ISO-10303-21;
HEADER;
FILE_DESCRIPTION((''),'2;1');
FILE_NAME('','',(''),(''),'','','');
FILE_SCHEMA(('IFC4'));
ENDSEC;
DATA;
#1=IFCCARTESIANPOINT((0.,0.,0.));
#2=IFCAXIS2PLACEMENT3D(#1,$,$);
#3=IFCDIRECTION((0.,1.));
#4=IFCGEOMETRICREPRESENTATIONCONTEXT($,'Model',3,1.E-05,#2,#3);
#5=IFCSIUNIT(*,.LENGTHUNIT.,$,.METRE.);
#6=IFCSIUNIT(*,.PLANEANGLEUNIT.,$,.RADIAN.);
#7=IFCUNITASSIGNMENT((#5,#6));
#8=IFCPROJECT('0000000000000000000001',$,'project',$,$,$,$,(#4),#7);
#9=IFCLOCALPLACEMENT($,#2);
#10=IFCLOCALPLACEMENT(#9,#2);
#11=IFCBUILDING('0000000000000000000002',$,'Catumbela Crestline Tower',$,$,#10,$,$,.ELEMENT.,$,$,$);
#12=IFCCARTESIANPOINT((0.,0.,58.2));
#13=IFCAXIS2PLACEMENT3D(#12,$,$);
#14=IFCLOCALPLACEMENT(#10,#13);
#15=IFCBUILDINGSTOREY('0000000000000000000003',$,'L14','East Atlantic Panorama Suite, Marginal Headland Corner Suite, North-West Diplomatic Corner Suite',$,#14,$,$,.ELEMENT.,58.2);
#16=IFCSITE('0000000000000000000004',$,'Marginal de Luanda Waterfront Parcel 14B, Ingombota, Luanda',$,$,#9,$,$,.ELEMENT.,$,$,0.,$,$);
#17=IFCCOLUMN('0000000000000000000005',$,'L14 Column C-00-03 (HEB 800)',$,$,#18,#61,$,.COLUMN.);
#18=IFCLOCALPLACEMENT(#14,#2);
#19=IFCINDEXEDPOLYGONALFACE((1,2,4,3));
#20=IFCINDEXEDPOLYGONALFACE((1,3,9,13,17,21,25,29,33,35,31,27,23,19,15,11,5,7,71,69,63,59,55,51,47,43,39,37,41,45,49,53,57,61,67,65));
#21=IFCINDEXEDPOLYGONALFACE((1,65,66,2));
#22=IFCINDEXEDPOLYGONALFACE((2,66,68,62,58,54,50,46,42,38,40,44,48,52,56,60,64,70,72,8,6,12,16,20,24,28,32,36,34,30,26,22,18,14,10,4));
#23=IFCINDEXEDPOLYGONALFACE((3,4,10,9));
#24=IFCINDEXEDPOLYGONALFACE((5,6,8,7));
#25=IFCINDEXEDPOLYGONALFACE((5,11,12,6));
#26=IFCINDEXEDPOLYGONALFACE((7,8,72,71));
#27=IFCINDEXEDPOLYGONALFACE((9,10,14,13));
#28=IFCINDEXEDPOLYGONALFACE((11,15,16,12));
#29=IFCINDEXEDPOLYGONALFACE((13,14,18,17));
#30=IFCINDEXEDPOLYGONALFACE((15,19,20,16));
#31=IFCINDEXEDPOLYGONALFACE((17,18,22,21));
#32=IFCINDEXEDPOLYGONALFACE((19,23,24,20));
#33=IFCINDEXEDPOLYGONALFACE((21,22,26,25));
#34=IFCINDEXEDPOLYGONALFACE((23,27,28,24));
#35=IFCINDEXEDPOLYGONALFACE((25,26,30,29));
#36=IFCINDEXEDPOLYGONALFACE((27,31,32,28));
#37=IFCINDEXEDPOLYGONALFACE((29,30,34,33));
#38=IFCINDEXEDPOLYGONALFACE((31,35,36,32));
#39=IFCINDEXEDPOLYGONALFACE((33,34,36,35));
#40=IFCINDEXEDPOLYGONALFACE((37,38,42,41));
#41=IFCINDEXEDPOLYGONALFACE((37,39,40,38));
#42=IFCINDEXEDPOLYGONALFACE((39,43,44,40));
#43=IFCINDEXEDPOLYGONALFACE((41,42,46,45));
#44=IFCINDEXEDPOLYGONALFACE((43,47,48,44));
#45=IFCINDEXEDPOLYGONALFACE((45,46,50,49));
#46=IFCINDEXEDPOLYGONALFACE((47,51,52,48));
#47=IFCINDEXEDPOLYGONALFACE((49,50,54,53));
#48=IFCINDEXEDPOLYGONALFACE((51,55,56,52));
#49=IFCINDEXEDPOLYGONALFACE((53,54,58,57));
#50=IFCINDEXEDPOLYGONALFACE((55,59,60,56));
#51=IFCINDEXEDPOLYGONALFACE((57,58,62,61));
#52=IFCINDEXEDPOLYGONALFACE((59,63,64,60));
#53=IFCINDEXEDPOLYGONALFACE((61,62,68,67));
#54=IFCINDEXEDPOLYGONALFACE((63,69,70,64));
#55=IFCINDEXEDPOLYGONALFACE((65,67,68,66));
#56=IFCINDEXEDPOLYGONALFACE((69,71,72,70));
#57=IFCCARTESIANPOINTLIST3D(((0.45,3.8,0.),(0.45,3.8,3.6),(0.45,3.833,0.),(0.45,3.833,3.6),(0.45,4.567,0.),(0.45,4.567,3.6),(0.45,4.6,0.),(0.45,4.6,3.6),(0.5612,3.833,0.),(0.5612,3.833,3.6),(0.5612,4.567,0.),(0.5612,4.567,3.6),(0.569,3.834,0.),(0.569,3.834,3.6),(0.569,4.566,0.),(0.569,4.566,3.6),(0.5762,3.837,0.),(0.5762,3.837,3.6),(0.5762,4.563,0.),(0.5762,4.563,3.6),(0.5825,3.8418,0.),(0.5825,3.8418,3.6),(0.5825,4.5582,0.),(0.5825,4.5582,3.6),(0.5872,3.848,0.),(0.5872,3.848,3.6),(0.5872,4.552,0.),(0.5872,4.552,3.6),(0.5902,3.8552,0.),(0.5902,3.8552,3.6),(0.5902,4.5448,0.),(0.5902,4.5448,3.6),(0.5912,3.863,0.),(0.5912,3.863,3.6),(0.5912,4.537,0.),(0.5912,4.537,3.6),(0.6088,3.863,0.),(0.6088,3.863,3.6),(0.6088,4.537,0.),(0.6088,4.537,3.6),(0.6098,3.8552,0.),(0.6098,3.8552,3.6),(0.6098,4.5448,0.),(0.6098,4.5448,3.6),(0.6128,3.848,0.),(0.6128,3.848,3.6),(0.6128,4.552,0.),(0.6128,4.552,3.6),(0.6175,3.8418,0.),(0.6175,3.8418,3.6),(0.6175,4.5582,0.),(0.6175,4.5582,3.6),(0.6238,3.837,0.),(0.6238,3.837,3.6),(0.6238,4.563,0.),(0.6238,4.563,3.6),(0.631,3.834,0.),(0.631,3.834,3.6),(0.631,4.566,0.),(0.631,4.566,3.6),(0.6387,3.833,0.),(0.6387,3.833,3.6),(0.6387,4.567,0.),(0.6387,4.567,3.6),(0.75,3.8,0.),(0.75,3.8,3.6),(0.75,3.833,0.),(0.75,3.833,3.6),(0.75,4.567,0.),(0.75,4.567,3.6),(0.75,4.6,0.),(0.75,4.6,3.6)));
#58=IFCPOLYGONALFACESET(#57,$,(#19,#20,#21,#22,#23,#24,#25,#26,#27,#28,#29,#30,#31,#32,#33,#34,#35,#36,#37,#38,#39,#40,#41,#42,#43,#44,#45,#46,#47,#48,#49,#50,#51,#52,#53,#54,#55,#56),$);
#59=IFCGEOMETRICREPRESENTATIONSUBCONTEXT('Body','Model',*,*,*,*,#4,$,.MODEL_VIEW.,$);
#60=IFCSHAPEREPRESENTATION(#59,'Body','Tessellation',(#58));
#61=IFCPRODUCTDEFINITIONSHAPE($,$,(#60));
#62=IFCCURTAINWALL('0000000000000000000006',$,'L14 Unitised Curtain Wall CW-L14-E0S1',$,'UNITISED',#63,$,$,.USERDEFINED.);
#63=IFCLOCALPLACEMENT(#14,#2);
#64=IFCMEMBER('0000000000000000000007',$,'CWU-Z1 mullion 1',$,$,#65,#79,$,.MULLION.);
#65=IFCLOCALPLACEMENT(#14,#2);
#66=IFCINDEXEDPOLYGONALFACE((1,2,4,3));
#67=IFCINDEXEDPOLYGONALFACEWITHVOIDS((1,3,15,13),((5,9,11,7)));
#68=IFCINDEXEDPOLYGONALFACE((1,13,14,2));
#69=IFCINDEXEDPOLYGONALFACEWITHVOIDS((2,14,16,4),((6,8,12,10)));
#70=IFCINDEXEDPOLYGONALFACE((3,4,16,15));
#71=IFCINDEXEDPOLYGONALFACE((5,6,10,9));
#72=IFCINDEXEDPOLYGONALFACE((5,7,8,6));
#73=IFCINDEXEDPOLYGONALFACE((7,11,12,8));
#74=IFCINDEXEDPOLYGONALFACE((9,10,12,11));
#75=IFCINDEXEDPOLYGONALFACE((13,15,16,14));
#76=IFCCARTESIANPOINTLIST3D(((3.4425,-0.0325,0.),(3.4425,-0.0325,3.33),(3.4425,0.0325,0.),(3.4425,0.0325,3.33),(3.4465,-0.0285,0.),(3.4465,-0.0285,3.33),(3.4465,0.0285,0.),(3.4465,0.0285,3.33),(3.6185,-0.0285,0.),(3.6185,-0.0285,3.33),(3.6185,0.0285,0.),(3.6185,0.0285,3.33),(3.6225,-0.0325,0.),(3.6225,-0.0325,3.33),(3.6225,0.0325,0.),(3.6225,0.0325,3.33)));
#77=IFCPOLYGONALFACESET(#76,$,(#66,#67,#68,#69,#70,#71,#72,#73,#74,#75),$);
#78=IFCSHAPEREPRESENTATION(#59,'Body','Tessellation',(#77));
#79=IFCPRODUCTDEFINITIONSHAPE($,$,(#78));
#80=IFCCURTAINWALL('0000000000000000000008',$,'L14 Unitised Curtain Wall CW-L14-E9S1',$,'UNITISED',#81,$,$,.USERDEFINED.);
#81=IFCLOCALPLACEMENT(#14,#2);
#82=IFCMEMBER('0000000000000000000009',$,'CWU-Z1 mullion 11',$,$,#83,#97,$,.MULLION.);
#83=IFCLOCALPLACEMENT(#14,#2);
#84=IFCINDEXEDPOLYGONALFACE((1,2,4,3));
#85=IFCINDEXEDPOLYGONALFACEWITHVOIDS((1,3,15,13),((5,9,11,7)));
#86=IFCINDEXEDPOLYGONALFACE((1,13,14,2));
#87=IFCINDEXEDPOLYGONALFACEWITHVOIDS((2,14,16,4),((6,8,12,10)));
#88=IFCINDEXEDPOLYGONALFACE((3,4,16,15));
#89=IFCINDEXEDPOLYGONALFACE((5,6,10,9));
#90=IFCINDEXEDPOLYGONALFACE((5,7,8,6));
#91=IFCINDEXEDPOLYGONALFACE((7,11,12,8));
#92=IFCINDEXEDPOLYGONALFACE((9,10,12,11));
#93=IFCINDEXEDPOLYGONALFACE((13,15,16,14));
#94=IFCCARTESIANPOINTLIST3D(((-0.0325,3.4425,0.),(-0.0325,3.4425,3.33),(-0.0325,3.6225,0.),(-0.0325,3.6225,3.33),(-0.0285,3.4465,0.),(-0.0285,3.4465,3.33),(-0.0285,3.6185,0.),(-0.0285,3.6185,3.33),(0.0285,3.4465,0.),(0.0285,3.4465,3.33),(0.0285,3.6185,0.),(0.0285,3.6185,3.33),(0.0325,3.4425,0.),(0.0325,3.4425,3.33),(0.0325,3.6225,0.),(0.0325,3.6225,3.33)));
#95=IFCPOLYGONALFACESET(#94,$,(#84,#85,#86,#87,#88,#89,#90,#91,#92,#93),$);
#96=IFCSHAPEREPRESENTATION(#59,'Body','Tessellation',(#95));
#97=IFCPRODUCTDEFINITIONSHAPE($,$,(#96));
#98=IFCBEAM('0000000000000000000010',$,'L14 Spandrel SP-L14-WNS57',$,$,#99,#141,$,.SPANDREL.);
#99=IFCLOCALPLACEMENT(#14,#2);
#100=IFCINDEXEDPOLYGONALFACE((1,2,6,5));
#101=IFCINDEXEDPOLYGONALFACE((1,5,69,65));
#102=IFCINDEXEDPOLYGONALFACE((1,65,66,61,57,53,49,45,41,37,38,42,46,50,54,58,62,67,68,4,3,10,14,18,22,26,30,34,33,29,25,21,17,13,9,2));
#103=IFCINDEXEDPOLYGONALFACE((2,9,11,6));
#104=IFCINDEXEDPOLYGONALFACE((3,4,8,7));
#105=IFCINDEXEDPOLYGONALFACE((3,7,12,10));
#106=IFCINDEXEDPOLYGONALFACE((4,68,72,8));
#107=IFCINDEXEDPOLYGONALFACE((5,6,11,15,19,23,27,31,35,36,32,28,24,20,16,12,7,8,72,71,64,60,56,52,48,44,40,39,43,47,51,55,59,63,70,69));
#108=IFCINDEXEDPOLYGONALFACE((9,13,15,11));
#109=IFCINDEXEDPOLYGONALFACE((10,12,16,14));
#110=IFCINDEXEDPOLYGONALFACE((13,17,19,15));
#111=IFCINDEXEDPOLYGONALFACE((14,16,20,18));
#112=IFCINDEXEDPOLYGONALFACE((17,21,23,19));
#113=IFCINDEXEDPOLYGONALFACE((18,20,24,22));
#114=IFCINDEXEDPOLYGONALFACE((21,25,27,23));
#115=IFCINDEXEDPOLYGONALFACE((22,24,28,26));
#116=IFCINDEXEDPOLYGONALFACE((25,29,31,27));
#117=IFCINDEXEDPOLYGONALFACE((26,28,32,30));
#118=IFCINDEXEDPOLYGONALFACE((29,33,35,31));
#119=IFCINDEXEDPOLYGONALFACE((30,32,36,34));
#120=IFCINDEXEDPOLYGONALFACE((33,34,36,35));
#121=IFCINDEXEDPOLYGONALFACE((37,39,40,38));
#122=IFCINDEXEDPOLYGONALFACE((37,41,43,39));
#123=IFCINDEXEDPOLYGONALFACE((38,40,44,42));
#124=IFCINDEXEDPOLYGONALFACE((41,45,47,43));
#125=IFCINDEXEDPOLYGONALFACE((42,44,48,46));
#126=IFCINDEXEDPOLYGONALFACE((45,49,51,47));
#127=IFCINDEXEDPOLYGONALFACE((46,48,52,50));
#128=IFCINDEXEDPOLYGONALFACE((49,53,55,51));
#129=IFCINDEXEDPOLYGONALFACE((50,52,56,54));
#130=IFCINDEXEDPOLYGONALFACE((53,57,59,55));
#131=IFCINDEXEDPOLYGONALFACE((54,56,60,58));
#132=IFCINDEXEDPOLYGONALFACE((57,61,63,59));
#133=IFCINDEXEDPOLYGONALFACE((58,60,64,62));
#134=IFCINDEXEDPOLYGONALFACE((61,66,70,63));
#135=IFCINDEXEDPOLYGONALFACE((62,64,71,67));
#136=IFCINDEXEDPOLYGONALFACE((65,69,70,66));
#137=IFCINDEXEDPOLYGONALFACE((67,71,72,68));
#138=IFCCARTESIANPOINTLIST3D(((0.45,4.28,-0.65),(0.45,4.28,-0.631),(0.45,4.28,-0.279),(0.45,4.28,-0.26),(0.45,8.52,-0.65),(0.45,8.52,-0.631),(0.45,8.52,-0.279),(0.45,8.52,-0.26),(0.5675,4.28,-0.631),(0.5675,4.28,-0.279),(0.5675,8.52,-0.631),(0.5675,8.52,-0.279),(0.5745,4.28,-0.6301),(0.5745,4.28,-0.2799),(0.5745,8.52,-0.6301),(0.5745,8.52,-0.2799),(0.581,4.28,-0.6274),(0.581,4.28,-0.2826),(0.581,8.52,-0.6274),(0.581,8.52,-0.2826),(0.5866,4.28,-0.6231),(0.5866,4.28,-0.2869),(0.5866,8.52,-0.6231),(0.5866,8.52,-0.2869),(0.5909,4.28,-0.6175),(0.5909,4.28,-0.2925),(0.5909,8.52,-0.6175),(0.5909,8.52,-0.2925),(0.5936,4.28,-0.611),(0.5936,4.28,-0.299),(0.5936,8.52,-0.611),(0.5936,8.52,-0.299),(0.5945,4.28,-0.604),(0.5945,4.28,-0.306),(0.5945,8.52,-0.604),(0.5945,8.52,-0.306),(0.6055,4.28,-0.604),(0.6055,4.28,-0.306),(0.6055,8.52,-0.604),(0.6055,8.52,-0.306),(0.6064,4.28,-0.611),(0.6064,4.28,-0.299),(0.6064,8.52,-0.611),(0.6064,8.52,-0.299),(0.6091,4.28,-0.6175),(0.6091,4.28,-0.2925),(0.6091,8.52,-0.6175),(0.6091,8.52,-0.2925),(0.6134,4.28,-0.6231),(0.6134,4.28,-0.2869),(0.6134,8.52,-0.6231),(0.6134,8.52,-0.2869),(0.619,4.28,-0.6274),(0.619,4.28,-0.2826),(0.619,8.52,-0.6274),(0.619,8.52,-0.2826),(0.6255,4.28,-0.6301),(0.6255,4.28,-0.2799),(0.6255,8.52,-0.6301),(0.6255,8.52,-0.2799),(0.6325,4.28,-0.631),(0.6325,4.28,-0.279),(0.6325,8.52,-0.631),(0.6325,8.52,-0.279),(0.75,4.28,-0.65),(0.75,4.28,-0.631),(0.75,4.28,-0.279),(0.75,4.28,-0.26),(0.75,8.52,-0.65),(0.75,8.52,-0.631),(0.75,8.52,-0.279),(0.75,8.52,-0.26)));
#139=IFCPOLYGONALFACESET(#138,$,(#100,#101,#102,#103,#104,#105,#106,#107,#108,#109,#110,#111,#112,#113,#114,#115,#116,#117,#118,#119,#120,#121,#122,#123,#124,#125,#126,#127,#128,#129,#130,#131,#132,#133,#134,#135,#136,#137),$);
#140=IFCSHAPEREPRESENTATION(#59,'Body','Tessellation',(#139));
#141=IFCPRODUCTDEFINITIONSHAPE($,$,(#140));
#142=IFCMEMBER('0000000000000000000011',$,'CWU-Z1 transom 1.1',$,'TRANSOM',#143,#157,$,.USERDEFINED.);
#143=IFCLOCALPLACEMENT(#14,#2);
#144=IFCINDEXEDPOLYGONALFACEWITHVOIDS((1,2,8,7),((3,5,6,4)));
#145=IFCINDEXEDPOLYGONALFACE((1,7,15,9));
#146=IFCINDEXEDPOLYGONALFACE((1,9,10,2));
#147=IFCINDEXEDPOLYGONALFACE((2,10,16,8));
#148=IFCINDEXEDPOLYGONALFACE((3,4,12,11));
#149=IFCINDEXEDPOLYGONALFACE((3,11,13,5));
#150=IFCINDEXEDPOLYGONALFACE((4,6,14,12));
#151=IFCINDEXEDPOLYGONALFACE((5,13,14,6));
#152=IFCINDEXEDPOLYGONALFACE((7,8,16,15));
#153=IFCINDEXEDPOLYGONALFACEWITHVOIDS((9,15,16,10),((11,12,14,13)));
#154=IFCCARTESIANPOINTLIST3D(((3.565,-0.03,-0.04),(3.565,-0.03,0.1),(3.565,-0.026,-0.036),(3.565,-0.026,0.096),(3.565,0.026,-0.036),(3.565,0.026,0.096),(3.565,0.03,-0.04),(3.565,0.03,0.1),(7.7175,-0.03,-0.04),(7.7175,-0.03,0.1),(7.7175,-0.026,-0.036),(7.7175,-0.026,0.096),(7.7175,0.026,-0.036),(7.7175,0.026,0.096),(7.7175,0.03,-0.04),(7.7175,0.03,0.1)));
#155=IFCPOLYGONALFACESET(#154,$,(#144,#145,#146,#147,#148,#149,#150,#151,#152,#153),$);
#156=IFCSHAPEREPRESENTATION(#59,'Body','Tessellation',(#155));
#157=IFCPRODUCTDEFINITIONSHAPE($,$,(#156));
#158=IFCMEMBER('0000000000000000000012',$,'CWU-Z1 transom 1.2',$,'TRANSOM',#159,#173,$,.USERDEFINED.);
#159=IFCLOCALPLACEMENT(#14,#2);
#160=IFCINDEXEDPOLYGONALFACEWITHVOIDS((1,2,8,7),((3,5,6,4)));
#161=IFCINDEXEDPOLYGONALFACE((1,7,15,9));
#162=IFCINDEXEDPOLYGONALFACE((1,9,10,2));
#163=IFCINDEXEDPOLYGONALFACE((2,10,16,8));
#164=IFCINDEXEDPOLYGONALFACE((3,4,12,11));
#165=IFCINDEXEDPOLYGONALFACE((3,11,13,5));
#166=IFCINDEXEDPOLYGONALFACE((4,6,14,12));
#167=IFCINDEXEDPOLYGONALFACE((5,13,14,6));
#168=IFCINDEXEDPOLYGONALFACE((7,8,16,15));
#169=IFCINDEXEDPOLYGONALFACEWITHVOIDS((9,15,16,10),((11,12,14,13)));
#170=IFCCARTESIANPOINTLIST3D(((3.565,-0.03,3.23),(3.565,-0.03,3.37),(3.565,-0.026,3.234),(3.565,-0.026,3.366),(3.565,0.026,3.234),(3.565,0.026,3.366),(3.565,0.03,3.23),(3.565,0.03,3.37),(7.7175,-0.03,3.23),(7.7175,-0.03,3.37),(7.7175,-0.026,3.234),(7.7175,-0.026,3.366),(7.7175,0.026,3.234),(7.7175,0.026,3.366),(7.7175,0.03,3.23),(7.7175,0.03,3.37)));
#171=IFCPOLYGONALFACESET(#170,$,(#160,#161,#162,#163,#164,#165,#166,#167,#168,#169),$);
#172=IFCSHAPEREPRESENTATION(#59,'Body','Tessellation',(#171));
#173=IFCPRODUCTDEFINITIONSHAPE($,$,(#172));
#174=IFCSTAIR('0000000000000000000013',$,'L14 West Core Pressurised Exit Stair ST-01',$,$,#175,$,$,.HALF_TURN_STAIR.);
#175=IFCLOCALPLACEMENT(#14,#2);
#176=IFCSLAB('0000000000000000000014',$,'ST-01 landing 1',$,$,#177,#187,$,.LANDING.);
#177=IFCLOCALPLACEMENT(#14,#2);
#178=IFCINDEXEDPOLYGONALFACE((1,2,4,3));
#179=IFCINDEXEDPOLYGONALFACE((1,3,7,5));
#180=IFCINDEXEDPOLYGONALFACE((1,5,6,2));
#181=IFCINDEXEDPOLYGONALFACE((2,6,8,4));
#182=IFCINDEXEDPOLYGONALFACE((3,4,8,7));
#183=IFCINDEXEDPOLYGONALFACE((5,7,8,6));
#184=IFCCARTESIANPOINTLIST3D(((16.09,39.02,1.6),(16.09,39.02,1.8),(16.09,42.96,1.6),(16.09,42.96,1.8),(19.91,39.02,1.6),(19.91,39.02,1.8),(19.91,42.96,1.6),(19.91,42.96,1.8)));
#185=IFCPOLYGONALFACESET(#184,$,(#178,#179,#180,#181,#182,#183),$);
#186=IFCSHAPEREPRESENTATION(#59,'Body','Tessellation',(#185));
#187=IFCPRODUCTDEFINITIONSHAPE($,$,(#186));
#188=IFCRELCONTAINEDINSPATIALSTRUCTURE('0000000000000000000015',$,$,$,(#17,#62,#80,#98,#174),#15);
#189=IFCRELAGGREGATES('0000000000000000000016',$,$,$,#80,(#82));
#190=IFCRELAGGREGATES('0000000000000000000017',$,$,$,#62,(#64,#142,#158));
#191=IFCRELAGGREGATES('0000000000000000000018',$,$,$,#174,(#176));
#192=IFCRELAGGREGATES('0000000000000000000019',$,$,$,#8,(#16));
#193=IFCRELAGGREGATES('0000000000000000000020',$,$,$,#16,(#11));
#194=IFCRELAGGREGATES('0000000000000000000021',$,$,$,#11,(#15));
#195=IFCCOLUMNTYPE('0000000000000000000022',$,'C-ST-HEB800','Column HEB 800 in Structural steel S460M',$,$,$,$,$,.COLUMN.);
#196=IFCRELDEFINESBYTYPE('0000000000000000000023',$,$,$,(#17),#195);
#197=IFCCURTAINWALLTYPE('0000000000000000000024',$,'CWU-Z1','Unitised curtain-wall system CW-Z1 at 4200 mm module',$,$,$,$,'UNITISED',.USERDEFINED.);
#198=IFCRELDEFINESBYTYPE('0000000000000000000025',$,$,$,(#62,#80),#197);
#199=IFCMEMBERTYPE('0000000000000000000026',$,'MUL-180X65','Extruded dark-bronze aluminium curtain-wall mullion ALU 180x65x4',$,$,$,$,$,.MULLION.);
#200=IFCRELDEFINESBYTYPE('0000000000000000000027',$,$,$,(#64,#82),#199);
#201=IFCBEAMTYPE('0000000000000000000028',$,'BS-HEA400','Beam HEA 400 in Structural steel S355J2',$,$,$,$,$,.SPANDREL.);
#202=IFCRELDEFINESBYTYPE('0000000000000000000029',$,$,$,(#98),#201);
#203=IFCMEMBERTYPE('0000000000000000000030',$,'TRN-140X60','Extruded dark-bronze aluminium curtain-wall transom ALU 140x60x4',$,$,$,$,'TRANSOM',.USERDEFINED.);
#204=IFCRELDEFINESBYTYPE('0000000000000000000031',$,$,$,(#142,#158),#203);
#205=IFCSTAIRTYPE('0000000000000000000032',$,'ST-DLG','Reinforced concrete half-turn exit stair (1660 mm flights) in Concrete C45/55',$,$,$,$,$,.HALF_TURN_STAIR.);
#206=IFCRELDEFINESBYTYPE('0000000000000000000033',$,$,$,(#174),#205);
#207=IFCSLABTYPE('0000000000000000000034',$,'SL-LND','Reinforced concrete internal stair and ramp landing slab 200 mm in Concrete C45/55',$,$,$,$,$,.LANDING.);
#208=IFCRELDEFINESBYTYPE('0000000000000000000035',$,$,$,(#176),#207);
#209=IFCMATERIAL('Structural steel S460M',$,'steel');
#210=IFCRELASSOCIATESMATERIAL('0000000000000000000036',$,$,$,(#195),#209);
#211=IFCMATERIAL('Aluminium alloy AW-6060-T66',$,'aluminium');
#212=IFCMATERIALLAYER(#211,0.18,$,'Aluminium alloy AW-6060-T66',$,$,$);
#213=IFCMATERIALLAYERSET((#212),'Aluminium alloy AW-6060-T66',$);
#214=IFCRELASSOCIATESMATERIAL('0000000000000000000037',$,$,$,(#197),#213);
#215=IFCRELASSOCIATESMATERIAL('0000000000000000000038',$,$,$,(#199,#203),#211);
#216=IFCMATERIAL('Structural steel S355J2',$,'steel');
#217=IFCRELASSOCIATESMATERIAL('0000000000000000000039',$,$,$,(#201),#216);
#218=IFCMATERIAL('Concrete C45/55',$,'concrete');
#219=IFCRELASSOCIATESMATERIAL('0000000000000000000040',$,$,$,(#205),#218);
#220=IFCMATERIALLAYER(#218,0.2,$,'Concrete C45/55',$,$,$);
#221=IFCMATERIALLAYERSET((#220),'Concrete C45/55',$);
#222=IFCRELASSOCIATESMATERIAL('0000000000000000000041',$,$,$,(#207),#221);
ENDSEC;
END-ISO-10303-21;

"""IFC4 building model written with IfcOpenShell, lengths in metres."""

from ifc_helpers import new_model, si_unit, direction, frame, origin, origin_2d, place, context, subcontext, project, spatial, polyline, hollow_rectangle, i_section, outline, extrude, material, layer, layer_set, material_profile, profile_set, type_object, element, aggregate, save


model = new_model("IFC4")

# Units and contexts
model_context = context("Model", 3, precision=1e-05, world=origin(), true_north=direction((0.0, 1.0)))
body_context = subcontext(model_context, "Body", "Model", "MODEL_VIEW")
ifc_project = project(units=[si_unit("LENGTHUNIT", "METRE"), si_unit("PLANEANGLEUNIT", "RADIAN")], contexts=[model_context])

# Site, building, storey
site_placement = place(None, origin())
site = spatial("IfcSite", under=ifc_project, at=site_placement, Name="Marginal de Luanda Waterfront Parcel 14B, Ingombota, Luanda", CompositionType="ELEMENT", RefElevation=0.0)
building_placement = place(site_placement, origin())
building = spatial("IfcBuilding", under=site, at=building_placement, Name="Catumbela Crestline Tower", CompositionType="ELEMENT")
storey_placement = place(building_placement, frame((0.0, 0.0, 58.2)))
storey = spatial("IfcBuildingStorey", under=building, at=storey_placement, Name="L14", Description="East Atlantic Panorama Suite, Marginal Headland Corner Suite, North-West Diplomatic Corner Suite", CompositionType="ELEMENT", Elevation=58.2)

# Column
ifc_material_1 = material(Name="Structural steel S460M", Category="steel")
ifc_material_profile_1 = material_profile(ifc_material_1, i_section(OverallWidth=0.3, OverallDepth=0.8, WebThickness=0.0175, FlangeThickness=0.033, FilletRadius=0.03, at=origin_2d()), Name="HEB 800")
ifc_profile_set_1 = profile_set([ifc_material_profile_1], Name="Structural steel S460M")
column_type = type_object("IfcColumnType", Name="C-ST-HEB800", Description="Column HEB 800 in Structural steel S460M", PredefinedType="COLUMN", material=ifc_profile_set_1)
column_placement = place(storey_placement, frame((0.6, 4.2, 0.0), z_axis=(0.0, 0.0, 1.0), x_axis=(1.0, 0.0, 0.0)))
element("IfcColumn", 1, at=column_placement, inside=storey, type_object=column_type, Name="L14 Column C-00-03 (HEB 800)", PredefinedType="COLUMN", context=body_context, shape_type="SweptSolid", body=[
    extrude(i_section(OverallWidth=0.3, OverallDepth=0.8, WebThickness=0.0175, FlangeThickness=0.033, FilletRadius=0.03, at=origin_2d()), origin(), (0.0, 0.0, 1.0), 3.6),
])

# Curtain walls, members
ifc_material_2 = material(Name="Aluminium alloy AW-6060-T66", Category="aluminium")
ifc_layer_1 = layer(ifc_material_2, 0.18, Name="Aluminium alloy AW-6060-T66")
ifc_layer_set_1 = layer_set([ifc_layer_1], Name="Aluminium alloy AW-6060-T66")
curtain_wall_type = type_object("IfcCurtainWallType", Name="CWU-Z1", Description="Unitised curtain-wall system CW-Z1 at 4200 mm module", ElementType="UNITISED", PredefinedType="USERDEFINED", material=ifc_layer_set_1)
curtain_wall_1_placement = place(storey_placement, origin())
curtain_wall_1 = element("IfcCurtainWall", 2, at=curtain_wall_1_placement, inside=storey, type_object=curtain_wall_type, Name="L14 Unitised Curtain Wall CW-L14-E0S1", ObjectType="UNITISED", PredefinedType="USERDEFINED")
ifc_material_profile_2 = material_profile(ifc_material_2, hollow_rectangle(XDim=0.065, YDim=0.18, WallThickness=0.004, at=origin_2d()), Name="ALU 180x65x4")
ifc_profile_set_2 = profile_set([ifc_material_profile_2], Name="Aluminium alloy AW-6060-T66")
member_type_1 = type_object("IfcMemberType", Name="MUL-180X65", Description="Extruded dark-bronze aluminium curtain-wall mullion ALU 180x65x4", PredefinedType="MULLION", material=ifc_profile_set_2)
member_1_placement = place(storey_placement, frame((3.5325, 0.0, 0.0), z_axis=(0.0, 0.0, 1.0), x_axis=(0.0, 1.0, 0.0)))
member_1 = element("IfcMember", 3, at=member_1_placement, type_object=member_type_1, Name="CWU-Z1 mullion 1", PredefinedType="MULLION", context=body_context, shape_type="SweptSolid", body=[
    extrude(hollow_rectangle(XDim=0.065, YDim=0.18, WallThickness=0.004, at=origin_2d()), origin(), (0.0, 0.0, 1.0), 3.33),
])
curtain_wall_2_placement = place(storey_placement, origin())
curtain_wall_2 = element("IfcCurtainWall", 4, at=curtain_wall_2_placement, inside=storey, type_object=curtain_wall_type, Name="L14 Unitised Curtain Wall CW-L14-E9S1", ObjectType="UNITISED", PredefinedType="USERDEFINED")
member_2_placement = place(storey_placement, frame((0.0, 3.5325, 0.0), z_axis=(0.0, 0.0, 1.0), x_axis=(1.0, 0.0, 0.0)))
member_2 = element("IfcMember", 5, at=member_2_placement, type_object=member_type_1, Name="CWU-Z1 mullion 11", PredefinedType="MULLION", context=body_context, shape_type="SweptSolid", body=[
    extrude(hollow_rectangle(XDim=0.065, YDim=0.18, WallThickness=0.004, at=origin_2d()), origin(), (0.0, 0.0, 1.0), 3.33),
])
aggregate(curtain_wall_2, [member_2])

# Beam
ifc_material_3 = material(Name="Structural steel S355J2", Category="steel")
ifc_material_profile_3 = material_profile(ifc_material_3, i_section(OverallWidth=0.3, OverallDepth=0.39, WebThickness=0.011, FlangeThickness=0.019, FilletRadius=0.027, at=origin_2d()), Name="HEA 400")
ifc_profile_set_3 = profile_set([ifc_material_profile_3], Name="Structural steel S355J2")
beam_type = type_object("IfcBeamType", Name="BS-HEA400", Description="Beam HEA 400 in Structural steel S355J2", PredefinedType="SPANDREL", material=ifc_profile_set_3)
beam_placement = place(storey_placement, frame((0.6, 4.28, -0.455), z_axis=(0.0, 1.0, 0.0), x_axis=(-1.0, 0.0, 0.0)))
element("IfcBeam", 6, at=beam_placement, inside=storey, type_object=beam_type, Name="L14 Spandrel SP-L14-WNS57", PredefinedType="SPANDREL", context=body_context, shape_type="SweptSolid", body=[
    extrude(i_section(OverallWidth=0.3, OverallDepth=0.39, WebThickness=0.011, FlangeThickness=0.019, FilletRadius=0.027, at=origin_2d()), origin(), (0.0, 0.0, 1.0), 4.24),
])

# Members
ifc_material_profile_4 = material_profile(ifc_material_2, hollow_rectangle(XDim=0.06, YDim=0.14, WallThickness=0.004, at=origin_2d()), Name="ALU 140x60x4")
ifc_profile_set_4 = profile_set([ifc_material_profile_4], Name="Aluminium alloy AW-6060-T66")
member_type_2 = type_object("IfcMemberType", Name="TRN-140X60", Description="Extruded dark-bronze aluminium curtain-wall transom ALU 140x60x4", ElementType="TRANSOM", PredefinedType="USERDEFINED", material=ifc_profile_set_4)
member_3_placement = place(storey_placement, frame((3.565, 0.0, 0.03), z_axis=(1.0, 0.0, 0.0), x_axis=(0.0, 1.0, 0.0)))
member_3 = element("IfcMember", 7, at=member_3_placement, type_object=member_type_2, Name="CWU-Z1 transom 1.1", ObjectType="TRANSOM", PredefinedType="USERDEFINED", context=body_context, shape_type="SweptSolid", body=[
    extrude(hollow_rectangle(XDim=0.06, YDim=0.14, WallThickness=0.004, at=origin_2d()), origin(), (0.0, 0.0, 1.0), 4.1525),
])
member_4_placement = place(storey_placement, frame((3.565, 0.0, 3.3), z_axis=(1.0, 0.0, 0.0), x_axis=(0.0, 1.0, 0.0)))
member_4 = element("IfcMember", 8, at=member_4_placement, type_object=member_type_2, Name="CWU-Z1 transom 1.2", ObjectType="TRANSOM", PredefinedType="USERDEFINED", context=body_context, shape_type="SweptSolid", body=[
    extrude(hollow_rectangle(XDim=0.06, YDim=0.14, WallThickness=0.004, at=origin_2d()), origin(), (0.0, 0.0, 1.0), 4.1525),
])
aggregate(curtain_wall_1, [member_1, member_3, member_4])

# Stair, slab
ifc_material_4 = material(Name="Concrete C45/55", Category="concrete")
stair_type = type_object("IfcStairType", Name="ST-DLG", Description="Reinforced concrete half-turn exit stair (1660 mm flights) in Concrete C45/55", PredefinedType="HALF_TURN_STAIR", material=ifc_material_4)
stair_1_placement = place(storey_placement, origin())
stair_1 = element("IfcStair", 9, at=stair_1_placement, inside=storey, type_object=stair_type, Name="L14 West Core Pressurised Exit Stair ST-01", PredefinedType="HALF_TURN_STAIR")
ifc_layer_2 = layer(ifc_material_4, 0.2, Name="Concrete C45/55")
ifc_layer_set_2 = layer_set([ifc_layer_2], Name="Concrete C45/55")
slab_type_1 = type_object("IfcSlabType", Name="SL-LND", Description="Reinforced concrete internal stair and ramp landing slab 200 mm in Concrete C45/55", PredefinedType="LANDING", material=ifc_layer_set_2)
slab_1_placement = place(storey_placement, frame((0.0, 0.0, 1.6)))
slab_1 = element("IfcSlab", 10, at=slab_1_placement, type_object=slab_type_1, Name="ST-01 landing 1", PredefinedType="LANDING", context=body_context, shape_type="SweptSolid", body=[
    extrude(outline(polyline([(19.91, 39.02), (19.91, 42.96), (16.09, 42.96), (16.09, 39.02), (19.91, 39.02)])), origin(), (0.0, 0.0, 1.0), 0.2),
])
aggregate(stair_1, [slab_1])

save(model, "model.ifc")
